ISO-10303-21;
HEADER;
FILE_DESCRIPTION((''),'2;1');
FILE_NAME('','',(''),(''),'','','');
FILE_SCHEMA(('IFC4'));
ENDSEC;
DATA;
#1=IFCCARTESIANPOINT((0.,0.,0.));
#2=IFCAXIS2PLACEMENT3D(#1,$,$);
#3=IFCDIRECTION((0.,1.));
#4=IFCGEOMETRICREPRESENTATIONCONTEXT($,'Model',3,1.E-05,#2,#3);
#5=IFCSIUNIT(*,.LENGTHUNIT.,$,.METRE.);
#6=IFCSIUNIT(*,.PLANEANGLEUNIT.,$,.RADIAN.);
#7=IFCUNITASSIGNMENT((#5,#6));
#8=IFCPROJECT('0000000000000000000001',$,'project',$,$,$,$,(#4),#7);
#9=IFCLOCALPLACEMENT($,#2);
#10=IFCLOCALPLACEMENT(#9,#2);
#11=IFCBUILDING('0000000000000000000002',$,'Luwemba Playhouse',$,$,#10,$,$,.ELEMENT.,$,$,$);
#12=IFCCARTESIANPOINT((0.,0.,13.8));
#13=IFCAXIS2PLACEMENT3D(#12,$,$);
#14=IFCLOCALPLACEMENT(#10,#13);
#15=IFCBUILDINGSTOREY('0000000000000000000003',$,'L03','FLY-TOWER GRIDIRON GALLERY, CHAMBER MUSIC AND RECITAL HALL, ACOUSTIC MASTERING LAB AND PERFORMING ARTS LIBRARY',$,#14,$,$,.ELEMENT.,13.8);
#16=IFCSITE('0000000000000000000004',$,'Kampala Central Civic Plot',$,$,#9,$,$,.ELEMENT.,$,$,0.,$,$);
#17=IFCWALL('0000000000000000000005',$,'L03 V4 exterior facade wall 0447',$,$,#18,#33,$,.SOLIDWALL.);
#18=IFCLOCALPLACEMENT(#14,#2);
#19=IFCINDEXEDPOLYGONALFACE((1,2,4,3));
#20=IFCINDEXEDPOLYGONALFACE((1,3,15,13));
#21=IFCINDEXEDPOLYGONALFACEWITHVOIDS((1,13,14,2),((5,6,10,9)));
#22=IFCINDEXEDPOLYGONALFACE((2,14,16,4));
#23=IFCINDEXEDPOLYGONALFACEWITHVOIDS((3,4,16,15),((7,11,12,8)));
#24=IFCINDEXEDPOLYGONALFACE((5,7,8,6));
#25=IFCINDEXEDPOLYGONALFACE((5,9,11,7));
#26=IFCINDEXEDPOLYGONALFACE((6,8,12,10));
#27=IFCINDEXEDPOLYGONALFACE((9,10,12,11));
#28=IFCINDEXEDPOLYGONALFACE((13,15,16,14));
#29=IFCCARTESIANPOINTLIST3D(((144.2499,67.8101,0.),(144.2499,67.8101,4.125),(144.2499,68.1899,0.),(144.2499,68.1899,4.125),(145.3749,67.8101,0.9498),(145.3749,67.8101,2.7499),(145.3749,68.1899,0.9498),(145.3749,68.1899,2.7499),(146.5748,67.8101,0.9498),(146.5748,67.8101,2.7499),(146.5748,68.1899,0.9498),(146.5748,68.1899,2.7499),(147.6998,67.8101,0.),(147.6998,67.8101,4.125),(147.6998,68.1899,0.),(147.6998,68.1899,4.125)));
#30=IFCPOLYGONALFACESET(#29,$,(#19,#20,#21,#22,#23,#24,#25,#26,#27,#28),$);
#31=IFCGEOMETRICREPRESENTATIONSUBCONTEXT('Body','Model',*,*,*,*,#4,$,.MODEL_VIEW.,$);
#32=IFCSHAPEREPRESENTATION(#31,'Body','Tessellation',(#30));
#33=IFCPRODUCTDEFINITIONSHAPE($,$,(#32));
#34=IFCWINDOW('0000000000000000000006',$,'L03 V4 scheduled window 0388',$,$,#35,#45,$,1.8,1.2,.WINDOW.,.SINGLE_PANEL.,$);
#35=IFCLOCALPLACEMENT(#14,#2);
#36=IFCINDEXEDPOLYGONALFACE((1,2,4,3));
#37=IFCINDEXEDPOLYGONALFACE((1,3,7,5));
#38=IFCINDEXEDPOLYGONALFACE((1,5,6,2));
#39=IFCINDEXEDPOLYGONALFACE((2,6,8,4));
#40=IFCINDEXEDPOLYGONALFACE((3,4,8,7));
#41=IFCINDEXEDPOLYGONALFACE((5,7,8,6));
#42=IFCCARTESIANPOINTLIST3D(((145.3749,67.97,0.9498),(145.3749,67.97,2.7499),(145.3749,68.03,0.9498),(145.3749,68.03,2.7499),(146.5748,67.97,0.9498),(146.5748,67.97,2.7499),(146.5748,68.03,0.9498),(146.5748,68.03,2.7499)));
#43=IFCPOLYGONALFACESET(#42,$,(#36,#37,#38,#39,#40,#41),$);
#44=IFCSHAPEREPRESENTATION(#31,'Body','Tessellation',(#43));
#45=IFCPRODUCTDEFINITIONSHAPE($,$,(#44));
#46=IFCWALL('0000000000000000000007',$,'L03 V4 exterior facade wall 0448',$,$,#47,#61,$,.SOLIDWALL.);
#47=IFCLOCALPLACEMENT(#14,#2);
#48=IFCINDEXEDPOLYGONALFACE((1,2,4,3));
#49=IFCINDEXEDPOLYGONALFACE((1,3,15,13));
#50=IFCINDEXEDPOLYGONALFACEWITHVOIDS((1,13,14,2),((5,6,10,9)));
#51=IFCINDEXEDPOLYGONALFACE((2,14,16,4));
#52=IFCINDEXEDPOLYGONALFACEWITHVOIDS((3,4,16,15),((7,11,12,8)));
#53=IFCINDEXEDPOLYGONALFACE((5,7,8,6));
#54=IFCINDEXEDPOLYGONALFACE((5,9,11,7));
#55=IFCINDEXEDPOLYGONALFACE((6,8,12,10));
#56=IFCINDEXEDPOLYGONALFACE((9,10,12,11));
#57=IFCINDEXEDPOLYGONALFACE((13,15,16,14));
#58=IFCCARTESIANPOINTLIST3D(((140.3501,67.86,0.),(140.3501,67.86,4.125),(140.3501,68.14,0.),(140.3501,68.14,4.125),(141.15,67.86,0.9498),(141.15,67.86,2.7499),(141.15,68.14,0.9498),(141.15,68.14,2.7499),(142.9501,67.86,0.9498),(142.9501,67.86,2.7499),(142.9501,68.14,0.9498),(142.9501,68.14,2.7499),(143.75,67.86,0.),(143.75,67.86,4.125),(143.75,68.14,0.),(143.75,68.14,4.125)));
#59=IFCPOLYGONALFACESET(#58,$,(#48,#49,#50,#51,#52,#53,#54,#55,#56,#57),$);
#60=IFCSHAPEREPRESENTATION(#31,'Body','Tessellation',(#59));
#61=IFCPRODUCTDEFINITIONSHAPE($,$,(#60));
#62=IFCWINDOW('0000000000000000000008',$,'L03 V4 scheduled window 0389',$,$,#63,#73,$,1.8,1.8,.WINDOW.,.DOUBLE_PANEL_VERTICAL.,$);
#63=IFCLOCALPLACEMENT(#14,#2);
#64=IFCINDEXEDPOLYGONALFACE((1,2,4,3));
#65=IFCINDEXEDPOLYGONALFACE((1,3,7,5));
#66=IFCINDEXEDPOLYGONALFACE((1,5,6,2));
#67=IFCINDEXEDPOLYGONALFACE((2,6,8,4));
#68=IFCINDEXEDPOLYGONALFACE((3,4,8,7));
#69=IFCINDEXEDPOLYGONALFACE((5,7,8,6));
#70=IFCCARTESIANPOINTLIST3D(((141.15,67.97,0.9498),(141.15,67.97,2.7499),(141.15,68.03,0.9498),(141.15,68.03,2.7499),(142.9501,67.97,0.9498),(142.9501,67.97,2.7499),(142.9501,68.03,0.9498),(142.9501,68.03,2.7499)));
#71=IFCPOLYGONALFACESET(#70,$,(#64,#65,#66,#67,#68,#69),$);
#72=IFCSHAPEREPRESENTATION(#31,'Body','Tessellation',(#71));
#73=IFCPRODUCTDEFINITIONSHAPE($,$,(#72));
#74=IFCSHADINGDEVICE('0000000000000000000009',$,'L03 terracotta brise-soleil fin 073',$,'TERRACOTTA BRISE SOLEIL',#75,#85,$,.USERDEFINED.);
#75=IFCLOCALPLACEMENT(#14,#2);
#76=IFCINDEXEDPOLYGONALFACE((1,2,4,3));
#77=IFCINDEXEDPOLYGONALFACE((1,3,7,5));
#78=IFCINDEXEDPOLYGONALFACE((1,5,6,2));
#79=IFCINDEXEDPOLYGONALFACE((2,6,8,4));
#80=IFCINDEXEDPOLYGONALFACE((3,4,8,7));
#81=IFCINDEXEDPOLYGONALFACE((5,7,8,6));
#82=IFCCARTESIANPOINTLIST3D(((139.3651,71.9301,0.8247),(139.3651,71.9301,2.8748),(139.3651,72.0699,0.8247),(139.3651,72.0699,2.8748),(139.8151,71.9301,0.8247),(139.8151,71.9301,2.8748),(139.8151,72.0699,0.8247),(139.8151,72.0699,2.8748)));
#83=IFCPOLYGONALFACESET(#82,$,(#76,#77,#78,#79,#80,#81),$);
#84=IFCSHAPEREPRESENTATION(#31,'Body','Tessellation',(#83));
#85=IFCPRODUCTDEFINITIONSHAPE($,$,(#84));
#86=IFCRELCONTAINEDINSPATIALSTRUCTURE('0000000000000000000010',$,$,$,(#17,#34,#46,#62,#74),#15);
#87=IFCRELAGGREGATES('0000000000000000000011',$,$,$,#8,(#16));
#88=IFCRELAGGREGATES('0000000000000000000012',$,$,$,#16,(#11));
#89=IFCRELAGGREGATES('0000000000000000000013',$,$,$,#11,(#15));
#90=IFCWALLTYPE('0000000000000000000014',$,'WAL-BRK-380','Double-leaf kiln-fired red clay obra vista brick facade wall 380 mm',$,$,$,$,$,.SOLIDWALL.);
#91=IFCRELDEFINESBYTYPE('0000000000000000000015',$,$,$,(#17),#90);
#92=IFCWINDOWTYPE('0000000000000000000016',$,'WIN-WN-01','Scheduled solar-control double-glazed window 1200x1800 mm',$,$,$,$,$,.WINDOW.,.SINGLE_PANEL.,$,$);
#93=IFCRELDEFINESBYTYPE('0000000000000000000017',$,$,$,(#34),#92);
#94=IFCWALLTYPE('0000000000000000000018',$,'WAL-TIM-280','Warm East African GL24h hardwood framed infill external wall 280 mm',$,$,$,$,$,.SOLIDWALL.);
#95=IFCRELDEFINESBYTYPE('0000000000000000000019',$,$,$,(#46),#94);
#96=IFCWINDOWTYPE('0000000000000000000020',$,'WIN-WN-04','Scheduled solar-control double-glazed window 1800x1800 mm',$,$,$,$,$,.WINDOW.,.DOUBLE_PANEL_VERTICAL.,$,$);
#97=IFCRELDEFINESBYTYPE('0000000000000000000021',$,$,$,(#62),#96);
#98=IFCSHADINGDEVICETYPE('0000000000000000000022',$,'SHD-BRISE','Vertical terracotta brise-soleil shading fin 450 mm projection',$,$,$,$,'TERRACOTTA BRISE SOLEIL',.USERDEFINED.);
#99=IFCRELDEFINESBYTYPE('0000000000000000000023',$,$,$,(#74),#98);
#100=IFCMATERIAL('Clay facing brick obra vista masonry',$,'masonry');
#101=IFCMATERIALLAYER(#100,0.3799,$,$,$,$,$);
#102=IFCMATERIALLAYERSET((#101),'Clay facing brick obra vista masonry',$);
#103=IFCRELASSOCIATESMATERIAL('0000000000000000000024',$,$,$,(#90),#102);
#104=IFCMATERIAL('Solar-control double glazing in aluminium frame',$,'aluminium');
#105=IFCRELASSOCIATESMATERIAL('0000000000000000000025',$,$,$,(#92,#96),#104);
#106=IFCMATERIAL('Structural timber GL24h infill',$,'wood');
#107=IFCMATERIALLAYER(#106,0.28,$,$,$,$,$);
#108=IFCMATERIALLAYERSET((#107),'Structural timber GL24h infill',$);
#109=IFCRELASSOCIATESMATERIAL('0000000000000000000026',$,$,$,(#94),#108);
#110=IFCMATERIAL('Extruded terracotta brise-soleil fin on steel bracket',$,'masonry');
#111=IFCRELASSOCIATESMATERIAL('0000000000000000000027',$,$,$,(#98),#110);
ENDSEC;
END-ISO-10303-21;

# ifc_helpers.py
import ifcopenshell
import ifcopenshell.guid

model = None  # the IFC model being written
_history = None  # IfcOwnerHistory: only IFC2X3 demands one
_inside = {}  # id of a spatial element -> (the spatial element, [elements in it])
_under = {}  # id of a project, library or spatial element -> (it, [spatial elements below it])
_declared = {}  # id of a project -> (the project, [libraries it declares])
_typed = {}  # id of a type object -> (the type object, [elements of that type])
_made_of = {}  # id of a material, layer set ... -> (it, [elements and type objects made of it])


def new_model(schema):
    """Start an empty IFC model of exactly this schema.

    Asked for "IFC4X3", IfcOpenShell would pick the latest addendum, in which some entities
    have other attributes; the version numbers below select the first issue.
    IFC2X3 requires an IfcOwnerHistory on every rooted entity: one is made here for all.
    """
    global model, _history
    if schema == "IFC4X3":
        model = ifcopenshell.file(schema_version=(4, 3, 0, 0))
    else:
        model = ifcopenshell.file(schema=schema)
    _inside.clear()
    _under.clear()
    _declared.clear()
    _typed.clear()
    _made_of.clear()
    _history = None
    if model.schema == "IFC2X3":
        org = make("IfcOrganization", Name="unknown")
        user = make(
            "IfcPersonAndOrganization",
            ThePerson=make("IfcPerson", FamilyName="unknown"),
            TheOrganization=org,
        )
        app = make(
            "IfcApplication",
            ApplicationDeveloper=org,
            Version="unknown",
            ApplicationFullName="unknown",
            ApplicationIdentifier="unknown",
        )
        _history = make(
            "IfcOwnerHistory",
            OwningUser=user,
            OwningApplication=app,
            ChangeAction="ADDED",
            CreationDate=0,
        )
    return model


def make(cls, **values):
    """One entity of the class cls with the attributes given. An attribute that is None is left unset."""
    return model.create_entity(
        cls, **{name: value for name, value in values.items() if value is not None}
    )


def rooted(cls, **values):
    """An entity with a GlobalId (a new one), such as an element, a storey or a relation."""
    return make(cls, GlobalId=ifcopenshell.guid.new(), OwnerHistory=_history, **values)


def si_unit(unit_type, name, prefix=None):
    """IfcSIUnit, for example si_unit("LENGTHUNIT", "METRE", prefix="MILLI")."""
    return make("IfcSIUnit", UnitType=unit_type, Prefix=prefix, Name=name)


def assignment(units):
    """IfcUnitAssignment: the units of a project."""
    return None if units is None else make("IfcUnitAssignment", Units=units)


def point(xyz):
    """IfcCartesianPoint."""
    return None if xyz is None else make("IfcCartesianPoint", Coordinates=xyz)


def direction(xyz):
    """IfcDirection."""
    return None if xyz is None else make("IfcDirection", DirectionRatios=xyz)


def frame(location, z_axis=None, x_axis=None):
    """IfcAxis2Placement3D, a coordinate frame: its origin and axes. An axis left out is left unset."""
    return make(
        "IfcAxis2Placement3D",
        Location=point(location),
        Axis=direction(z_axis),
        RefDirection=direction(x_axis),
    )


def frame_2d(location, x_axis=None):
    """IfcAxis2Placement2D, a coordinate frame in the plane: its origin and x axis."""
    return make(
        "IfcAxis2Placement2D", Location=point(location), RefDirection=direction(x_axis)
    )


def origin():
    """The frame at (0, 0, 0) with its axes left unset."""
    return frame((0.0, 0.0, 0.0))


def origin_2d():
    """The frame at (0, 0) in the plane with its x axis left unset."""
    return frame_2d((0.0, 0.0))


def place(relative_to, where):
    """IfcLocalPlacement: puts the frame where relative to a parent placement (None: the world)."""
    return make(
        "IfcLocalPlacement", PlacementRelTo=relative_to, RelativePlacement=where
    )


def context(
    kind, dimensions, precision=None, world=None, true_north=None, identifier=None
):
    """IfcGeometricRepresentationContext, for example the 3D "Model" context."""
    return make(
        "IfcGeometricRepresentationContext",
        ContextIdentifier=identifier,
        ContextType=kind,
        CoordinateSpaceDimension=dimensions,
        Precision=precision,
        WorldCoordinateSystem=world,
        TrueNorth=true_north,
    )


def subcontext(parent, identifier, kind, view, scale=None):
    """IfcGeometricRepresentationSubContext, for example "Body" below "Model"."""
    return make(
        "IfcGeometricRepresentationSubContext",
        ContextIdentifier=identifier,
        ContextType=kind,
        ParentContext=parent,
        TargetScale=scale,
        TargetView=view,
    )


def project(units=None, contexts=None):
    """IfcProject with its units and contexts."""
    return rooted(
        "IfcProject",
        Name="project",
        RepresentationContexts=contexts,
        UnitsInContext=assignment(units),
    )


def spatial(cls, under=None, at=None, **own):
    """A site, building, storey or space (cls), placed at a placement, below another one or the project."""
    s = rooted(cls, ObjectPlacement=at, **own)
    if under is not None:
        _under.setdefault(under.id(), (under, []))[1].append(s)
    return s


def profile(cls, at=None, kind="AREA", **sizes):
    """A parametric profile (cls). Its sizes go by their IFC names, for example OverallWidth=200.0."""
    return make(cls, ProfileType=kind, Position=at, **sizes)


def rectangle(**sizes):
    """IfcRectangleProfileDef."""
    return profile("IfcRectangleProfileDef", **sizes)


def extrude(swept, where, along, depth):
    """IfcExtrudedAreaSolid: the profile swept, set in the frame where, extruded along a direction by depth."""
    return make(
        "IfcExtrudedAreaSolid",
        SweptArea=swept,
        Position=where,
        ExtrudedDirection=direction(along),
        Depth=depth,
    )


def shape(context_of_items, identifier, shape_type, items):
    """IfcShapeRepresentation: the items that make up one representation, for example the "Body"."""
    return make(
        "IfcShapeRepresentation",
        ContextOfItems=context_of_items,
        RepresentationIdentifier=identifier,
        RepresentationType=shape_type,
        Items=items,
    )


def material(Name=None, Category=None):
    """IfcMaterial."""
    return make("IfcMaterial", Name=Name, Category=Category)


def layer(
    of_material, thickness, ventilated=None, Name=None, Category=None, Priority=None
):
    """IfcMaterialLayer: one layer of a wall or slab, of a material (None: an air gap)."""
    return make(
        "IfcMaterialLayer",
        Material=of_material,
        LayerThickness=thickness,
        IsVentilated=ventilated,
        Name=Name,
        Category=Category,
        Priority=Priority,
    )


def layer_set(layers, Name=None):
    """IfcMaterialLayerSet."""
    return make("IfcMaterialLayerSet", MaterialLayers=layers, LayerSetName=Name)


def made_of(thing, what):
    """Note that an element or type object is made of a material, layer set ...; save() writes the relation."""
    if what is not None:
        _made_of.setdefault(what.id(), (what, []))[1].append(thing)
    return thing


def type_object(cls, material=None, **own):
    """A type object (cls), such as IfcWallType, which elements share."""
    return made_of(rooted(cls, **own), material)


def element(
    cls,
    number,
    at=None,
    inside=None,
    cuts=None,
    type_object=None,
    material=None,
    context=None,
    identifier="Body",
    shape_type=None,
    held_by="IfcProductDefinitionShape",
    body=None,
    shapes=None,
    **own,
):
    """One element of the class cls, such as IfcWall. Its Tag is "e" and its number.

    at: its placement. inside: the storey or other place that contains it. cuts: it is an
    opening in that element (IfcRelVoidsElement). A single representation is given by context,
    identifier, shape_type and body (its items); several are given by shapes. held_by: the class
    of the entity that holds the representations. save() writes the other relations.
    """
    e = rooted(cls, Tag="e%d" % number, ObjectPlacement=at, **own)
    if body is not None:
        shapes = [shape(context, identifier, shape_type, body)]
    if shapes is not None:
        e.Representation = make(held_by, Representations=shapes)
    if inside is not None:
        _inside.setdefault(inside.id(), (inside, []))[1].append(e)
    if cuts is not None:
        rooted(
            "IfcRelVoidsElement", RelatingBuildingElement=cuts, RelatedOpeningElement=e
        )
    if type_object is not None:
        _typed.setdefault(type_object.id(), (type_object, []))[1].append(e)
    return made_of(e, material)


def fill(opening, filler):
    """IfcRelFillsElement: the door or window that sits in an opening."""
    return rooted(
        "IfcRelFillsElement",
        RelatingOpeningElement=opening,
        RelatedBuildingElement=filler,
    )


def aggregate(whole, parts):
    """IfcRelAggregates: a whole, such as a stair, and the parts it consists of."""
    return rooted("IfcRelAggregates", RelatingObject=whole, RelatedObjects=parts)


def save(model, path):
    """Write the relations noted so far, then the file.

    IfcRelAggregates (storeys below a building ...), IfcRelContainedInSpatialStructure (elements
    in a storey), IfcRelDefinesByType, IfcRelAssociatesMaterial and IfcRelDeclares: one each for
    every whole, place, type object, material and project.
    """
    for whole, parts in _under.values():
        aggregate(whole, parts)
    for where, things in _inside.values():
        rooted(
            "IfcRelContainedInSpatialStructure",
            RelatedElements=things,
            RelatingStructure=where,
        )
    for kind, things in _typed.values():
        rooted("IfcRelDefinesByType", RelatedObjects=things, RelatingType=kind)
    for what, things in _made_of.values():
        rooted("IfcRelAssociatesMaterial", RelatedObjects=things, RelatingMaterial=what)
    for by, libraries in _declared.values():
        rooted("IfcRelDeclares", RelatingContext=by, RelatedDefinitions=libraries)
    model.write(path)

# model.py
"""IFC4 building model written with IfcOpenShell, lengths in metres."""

from ifc_helpers import new_model, si_unit, direction, frame, frame_2d, origin, origin_2d, place, context, subcontext, project, spatial, rectangle, extrude, material, layer, layer_set, type_object, element, fill, save


model = new_model("IFC4")

# Units and contexts
model_context = context("Model", 3, precision=1e-05, world=origin(), true_north=direction((0.0, 1.0)))
body_context = subcontext(model_context, "Body", "Model", "MODEL_VIEW")
ifc_project = project(units=[si_unit("LENGTHUNIT", "METRE"), si_unit("PLANEANGLEUNIT", "RADIAN")], contexts=[model_context])

# Site, building, storey
site_placement = place(None, origin())
site = spatial("IfcSite", under=ifc_project, at=site_placement, Name="Kampala Central Civic Plot", CompositionType="ELEMENT", RefElevation=0.0)
building_placement = place(site_placement, origin())
building = spatial("IfcBuilding", under=site, at=building_placement, Name="Luwemba Playhouse", CompositionType="ELEMENT")
storey_placement = place(building_placement, frame((0.0, 0.0, 13.8)))
storey = spatial("IfcBuildingStorey", under=building, at=storey_placement, Name="L03", Description="FLY-TOWER GRIDIRON GALLERY, CHAMBER MUSIC AND RECITAL HALL, ACOUSTIC MASTERING LAB AND PERFORMING ARTS LIBRARY", CompositionType="ELEMENT", Elevation=13.8)

# Walls, openings, windows
ifc_material_1 = material(Name="Clay facing brick obra vista masonry", Category="masonry")
ifc_layer_1 = layer(ifc_material_1, 0.3799)
ifc_layer_set_1 = layer_set([ifc_layer_1], Name="Clay facing brick obra vista masonry")
wall_type_1 = type_object("IfcWallType", Name="WAL-BRK-380", Description="Double-leaf kiln-fired red clay obra vista brick facade wall 380 mm", PredefinedType="SOLIDWALL", material=ifc_layer_set_1)
ifc_material_2 = material(Name="Solar-control double glazing in aluminium frame", Category="aluminium")
wall_1_placement = place(storey_placement, frame((147.7, 68.0, 0.0), z_axis=(0.0, 0.0, 1.0), x_axis=(-1.0, 0.0, 0.0)))
wall_1 = element("IfcWall", 1, at=wall_1_placement, inside=storey, type_object=wall_type_1, Name="L03 V4 exterior facade wall 0447", PredefinedType="SOLIDWALL", context=body_context, shape_type="SweptSolid", body=[
    extrude(rectangle(XDim=3.45, YDim=0.3799, at=frame_2d((1.7251, 0.0))), origin(), (0.0, 0.0, 1.0), 4.125),
])
opening_1_placement = place(wall_1_placement, frame((1.125, 0.0, 0.95)))
opening_1 = element("IfcOpeningElement", 2, at=opening_1_placement, cuts=wall_1, PredefinedType="OPENING", context=body_context, shape_type="SweptSolid", body=[
    extrude(rectangle(XDim=1.2, YDim=1.8, at=frame_2d((0.6001, 0.8999))), frame((0.0, 0.2, 0.0), z_axis=(0.0, -1.0, 0.0), x_axis=(1.0, 0.0, 0.0)), (0.0, 0.0, 1.0), 0.3999),
])
window_type_1 = type_object("IfcWindowType", Name="WIN-WN-01", Description="Scheduled solar-control double-glazed window 1200x1800 mm", PartitioningType="SINGLE_PANEL", PredefinedType="WINDOW", material=ifc_material_2)
window_1_placement = place(opening_1_placement, origin())
window_1 = element("IfcWindow", 3, at=window_1_placement, inside=storey, type_object=window_type_1, Name="L03 V4 scheduled window 0388", OverallHeight=1.8, OverallWidth=1.2, PartitioningType="SINGLE_PANEL", PredefinedType="WINDOW", context=body_context, shape_type="SweptSolid", body=[
    extrude(rectangle(XDim=1.2, YDim=1.8, at=frame_2d((0.6001, 0.8999))), frame((0.0, 0.03, 0.0), z_axis=(0.0, -1.0, 0.0), x_axis=(1.0, 0.0, 0.0)), (0.0, 0.0, 1.0), 0.0601),
])
fill(opening_1, window_1)
ifc_material_3 = material(Name="Structural timber GL24h infill", Category="wood")
ifc_layer_2 = layer(ifc_material_3, 0.28)
ifc_layer_set_2 = layer_set([ifc_layer_2], Name="Structural timber GL24h infill")
wall_type_2 = type_object("IfcWallType", Name="WAL-TIM-280", Description="Warm East African GL24h hardwood framed infill external wall 280 mm", PredefinedType="SOLIDWALL", material=ifc_layer_set_2)
wall_2_placement = place(storey_placement, frame((143.75, 68.0, 0.0), z_axis=(0.0, 0.0, 1.0), x_axis=(-1.0, 0.0, 0.0)))
wall_2 = element("IfcWall", 4, at=wall_2_placement, inside=storey, type_object=wall_type_2, Name="L03 V4 exterior facade wall 0448", PredefinedType="SOLIDWALL", context=body_context, shape_type="SweptSolid", body=[
    extrude(rectangle(XDim=3.3999, YDim=0.28, at=frame_2d((1.7, 0.0))), origin(), (0.0, 0.0, 1.0), 4.125),
])
opening_2_placement = place(wall_2_placement, frame((0.8, 0.0, 0.95)))
opening_2 = element("IfcOpeningElement", 5, at=opening_2_placement, cuts=wall_2, PredefinedType="OPENING", context=body_context, shape_type="SweptSolid", body=[
    extrude(rectangle(XDim=1.8, YDim=1.8, at=frame_2d((0.8999, 0.8999))), frame((0.0, 0.1499, 0.0), z_axis=(0.0, -1.0, 0.0), x_axis=(1.0, 0.0, 0.0)), (0.0, 0.0, 1.0), 0.3),
])
window_type_2 = type_object("IfcWindowType", Name="WIN-WN-04", Description="Scheduled solar-control double-glazed window 1800x1800 mm", PartitioningType="DOUBLE_PANEL_VERTICAL", PredefinedType="WINDOW", material=ifc_material_2)
window_2_placement = place(opening_2_placement, origin())
window_2 = element("IfcWindow", 6, at=window_2_placement, inside=storey, type_object=window_type_2, Name="L03 V4 scheduled window 0389", OverallHeight=1.8, OverallWidth=1.8, PartitioningType="DOUBLE_PANEL_VERTICAL", PredefinedType="WINDOW", context=body_context, shape_type="SweptSolid", body=[
    extrude(rectangle(XDim=1.8, YDim=1.8, at=frame_2d((0.8999, 0.8999))), frame((0.0, 0.03, 0.0), z_axis=(0.0, -1.0, 0.0), x_axis=(1.0, 0.0, 0.0)), (0.0, 0.0, 1.0), 0.0601),
])
fill(opening_2, window_2)

# Shading device
ifc_material_4 = material(Name="Extruded terracotta brise-soleil fin on steel bracket", Category="masonry")
shading_device_type = type_object("IfcShadingDeviceType", Name="SHD-BRISE", Description="Vertical terracotta brise-soleil shading fin 450 mm projection", ElementType="TERRACOTTA BRISE SOLEIL", PredefinedType="USERDEFINED", material=ifc_material_4)
shading_device_placement = place(storey_placement, frame((139.5901, 72.0, 0.8247), z_axis=(0.0, 0.0, 1.0), x_axis=(0.0, 1.0, 0.0)))
element("IfcShadingDevice", 7, at=shading_device_placement, inside=storey, type_object=shading_device_type, Name="L03 terracotta brise-soleil fin 073", ObjectType="TERRACOTTA BRISE SOLEIL", PredefinedType="USERDEFINED", context=body_context, shape_type="SweptSolid", body=[
    extrude(rectangle(XDim=0.1399, YDim=0.45, at=origin_2d()), origin(), (0.0, 0.0, 1.0), 2.05),
])

save(model, "model.ifc")
